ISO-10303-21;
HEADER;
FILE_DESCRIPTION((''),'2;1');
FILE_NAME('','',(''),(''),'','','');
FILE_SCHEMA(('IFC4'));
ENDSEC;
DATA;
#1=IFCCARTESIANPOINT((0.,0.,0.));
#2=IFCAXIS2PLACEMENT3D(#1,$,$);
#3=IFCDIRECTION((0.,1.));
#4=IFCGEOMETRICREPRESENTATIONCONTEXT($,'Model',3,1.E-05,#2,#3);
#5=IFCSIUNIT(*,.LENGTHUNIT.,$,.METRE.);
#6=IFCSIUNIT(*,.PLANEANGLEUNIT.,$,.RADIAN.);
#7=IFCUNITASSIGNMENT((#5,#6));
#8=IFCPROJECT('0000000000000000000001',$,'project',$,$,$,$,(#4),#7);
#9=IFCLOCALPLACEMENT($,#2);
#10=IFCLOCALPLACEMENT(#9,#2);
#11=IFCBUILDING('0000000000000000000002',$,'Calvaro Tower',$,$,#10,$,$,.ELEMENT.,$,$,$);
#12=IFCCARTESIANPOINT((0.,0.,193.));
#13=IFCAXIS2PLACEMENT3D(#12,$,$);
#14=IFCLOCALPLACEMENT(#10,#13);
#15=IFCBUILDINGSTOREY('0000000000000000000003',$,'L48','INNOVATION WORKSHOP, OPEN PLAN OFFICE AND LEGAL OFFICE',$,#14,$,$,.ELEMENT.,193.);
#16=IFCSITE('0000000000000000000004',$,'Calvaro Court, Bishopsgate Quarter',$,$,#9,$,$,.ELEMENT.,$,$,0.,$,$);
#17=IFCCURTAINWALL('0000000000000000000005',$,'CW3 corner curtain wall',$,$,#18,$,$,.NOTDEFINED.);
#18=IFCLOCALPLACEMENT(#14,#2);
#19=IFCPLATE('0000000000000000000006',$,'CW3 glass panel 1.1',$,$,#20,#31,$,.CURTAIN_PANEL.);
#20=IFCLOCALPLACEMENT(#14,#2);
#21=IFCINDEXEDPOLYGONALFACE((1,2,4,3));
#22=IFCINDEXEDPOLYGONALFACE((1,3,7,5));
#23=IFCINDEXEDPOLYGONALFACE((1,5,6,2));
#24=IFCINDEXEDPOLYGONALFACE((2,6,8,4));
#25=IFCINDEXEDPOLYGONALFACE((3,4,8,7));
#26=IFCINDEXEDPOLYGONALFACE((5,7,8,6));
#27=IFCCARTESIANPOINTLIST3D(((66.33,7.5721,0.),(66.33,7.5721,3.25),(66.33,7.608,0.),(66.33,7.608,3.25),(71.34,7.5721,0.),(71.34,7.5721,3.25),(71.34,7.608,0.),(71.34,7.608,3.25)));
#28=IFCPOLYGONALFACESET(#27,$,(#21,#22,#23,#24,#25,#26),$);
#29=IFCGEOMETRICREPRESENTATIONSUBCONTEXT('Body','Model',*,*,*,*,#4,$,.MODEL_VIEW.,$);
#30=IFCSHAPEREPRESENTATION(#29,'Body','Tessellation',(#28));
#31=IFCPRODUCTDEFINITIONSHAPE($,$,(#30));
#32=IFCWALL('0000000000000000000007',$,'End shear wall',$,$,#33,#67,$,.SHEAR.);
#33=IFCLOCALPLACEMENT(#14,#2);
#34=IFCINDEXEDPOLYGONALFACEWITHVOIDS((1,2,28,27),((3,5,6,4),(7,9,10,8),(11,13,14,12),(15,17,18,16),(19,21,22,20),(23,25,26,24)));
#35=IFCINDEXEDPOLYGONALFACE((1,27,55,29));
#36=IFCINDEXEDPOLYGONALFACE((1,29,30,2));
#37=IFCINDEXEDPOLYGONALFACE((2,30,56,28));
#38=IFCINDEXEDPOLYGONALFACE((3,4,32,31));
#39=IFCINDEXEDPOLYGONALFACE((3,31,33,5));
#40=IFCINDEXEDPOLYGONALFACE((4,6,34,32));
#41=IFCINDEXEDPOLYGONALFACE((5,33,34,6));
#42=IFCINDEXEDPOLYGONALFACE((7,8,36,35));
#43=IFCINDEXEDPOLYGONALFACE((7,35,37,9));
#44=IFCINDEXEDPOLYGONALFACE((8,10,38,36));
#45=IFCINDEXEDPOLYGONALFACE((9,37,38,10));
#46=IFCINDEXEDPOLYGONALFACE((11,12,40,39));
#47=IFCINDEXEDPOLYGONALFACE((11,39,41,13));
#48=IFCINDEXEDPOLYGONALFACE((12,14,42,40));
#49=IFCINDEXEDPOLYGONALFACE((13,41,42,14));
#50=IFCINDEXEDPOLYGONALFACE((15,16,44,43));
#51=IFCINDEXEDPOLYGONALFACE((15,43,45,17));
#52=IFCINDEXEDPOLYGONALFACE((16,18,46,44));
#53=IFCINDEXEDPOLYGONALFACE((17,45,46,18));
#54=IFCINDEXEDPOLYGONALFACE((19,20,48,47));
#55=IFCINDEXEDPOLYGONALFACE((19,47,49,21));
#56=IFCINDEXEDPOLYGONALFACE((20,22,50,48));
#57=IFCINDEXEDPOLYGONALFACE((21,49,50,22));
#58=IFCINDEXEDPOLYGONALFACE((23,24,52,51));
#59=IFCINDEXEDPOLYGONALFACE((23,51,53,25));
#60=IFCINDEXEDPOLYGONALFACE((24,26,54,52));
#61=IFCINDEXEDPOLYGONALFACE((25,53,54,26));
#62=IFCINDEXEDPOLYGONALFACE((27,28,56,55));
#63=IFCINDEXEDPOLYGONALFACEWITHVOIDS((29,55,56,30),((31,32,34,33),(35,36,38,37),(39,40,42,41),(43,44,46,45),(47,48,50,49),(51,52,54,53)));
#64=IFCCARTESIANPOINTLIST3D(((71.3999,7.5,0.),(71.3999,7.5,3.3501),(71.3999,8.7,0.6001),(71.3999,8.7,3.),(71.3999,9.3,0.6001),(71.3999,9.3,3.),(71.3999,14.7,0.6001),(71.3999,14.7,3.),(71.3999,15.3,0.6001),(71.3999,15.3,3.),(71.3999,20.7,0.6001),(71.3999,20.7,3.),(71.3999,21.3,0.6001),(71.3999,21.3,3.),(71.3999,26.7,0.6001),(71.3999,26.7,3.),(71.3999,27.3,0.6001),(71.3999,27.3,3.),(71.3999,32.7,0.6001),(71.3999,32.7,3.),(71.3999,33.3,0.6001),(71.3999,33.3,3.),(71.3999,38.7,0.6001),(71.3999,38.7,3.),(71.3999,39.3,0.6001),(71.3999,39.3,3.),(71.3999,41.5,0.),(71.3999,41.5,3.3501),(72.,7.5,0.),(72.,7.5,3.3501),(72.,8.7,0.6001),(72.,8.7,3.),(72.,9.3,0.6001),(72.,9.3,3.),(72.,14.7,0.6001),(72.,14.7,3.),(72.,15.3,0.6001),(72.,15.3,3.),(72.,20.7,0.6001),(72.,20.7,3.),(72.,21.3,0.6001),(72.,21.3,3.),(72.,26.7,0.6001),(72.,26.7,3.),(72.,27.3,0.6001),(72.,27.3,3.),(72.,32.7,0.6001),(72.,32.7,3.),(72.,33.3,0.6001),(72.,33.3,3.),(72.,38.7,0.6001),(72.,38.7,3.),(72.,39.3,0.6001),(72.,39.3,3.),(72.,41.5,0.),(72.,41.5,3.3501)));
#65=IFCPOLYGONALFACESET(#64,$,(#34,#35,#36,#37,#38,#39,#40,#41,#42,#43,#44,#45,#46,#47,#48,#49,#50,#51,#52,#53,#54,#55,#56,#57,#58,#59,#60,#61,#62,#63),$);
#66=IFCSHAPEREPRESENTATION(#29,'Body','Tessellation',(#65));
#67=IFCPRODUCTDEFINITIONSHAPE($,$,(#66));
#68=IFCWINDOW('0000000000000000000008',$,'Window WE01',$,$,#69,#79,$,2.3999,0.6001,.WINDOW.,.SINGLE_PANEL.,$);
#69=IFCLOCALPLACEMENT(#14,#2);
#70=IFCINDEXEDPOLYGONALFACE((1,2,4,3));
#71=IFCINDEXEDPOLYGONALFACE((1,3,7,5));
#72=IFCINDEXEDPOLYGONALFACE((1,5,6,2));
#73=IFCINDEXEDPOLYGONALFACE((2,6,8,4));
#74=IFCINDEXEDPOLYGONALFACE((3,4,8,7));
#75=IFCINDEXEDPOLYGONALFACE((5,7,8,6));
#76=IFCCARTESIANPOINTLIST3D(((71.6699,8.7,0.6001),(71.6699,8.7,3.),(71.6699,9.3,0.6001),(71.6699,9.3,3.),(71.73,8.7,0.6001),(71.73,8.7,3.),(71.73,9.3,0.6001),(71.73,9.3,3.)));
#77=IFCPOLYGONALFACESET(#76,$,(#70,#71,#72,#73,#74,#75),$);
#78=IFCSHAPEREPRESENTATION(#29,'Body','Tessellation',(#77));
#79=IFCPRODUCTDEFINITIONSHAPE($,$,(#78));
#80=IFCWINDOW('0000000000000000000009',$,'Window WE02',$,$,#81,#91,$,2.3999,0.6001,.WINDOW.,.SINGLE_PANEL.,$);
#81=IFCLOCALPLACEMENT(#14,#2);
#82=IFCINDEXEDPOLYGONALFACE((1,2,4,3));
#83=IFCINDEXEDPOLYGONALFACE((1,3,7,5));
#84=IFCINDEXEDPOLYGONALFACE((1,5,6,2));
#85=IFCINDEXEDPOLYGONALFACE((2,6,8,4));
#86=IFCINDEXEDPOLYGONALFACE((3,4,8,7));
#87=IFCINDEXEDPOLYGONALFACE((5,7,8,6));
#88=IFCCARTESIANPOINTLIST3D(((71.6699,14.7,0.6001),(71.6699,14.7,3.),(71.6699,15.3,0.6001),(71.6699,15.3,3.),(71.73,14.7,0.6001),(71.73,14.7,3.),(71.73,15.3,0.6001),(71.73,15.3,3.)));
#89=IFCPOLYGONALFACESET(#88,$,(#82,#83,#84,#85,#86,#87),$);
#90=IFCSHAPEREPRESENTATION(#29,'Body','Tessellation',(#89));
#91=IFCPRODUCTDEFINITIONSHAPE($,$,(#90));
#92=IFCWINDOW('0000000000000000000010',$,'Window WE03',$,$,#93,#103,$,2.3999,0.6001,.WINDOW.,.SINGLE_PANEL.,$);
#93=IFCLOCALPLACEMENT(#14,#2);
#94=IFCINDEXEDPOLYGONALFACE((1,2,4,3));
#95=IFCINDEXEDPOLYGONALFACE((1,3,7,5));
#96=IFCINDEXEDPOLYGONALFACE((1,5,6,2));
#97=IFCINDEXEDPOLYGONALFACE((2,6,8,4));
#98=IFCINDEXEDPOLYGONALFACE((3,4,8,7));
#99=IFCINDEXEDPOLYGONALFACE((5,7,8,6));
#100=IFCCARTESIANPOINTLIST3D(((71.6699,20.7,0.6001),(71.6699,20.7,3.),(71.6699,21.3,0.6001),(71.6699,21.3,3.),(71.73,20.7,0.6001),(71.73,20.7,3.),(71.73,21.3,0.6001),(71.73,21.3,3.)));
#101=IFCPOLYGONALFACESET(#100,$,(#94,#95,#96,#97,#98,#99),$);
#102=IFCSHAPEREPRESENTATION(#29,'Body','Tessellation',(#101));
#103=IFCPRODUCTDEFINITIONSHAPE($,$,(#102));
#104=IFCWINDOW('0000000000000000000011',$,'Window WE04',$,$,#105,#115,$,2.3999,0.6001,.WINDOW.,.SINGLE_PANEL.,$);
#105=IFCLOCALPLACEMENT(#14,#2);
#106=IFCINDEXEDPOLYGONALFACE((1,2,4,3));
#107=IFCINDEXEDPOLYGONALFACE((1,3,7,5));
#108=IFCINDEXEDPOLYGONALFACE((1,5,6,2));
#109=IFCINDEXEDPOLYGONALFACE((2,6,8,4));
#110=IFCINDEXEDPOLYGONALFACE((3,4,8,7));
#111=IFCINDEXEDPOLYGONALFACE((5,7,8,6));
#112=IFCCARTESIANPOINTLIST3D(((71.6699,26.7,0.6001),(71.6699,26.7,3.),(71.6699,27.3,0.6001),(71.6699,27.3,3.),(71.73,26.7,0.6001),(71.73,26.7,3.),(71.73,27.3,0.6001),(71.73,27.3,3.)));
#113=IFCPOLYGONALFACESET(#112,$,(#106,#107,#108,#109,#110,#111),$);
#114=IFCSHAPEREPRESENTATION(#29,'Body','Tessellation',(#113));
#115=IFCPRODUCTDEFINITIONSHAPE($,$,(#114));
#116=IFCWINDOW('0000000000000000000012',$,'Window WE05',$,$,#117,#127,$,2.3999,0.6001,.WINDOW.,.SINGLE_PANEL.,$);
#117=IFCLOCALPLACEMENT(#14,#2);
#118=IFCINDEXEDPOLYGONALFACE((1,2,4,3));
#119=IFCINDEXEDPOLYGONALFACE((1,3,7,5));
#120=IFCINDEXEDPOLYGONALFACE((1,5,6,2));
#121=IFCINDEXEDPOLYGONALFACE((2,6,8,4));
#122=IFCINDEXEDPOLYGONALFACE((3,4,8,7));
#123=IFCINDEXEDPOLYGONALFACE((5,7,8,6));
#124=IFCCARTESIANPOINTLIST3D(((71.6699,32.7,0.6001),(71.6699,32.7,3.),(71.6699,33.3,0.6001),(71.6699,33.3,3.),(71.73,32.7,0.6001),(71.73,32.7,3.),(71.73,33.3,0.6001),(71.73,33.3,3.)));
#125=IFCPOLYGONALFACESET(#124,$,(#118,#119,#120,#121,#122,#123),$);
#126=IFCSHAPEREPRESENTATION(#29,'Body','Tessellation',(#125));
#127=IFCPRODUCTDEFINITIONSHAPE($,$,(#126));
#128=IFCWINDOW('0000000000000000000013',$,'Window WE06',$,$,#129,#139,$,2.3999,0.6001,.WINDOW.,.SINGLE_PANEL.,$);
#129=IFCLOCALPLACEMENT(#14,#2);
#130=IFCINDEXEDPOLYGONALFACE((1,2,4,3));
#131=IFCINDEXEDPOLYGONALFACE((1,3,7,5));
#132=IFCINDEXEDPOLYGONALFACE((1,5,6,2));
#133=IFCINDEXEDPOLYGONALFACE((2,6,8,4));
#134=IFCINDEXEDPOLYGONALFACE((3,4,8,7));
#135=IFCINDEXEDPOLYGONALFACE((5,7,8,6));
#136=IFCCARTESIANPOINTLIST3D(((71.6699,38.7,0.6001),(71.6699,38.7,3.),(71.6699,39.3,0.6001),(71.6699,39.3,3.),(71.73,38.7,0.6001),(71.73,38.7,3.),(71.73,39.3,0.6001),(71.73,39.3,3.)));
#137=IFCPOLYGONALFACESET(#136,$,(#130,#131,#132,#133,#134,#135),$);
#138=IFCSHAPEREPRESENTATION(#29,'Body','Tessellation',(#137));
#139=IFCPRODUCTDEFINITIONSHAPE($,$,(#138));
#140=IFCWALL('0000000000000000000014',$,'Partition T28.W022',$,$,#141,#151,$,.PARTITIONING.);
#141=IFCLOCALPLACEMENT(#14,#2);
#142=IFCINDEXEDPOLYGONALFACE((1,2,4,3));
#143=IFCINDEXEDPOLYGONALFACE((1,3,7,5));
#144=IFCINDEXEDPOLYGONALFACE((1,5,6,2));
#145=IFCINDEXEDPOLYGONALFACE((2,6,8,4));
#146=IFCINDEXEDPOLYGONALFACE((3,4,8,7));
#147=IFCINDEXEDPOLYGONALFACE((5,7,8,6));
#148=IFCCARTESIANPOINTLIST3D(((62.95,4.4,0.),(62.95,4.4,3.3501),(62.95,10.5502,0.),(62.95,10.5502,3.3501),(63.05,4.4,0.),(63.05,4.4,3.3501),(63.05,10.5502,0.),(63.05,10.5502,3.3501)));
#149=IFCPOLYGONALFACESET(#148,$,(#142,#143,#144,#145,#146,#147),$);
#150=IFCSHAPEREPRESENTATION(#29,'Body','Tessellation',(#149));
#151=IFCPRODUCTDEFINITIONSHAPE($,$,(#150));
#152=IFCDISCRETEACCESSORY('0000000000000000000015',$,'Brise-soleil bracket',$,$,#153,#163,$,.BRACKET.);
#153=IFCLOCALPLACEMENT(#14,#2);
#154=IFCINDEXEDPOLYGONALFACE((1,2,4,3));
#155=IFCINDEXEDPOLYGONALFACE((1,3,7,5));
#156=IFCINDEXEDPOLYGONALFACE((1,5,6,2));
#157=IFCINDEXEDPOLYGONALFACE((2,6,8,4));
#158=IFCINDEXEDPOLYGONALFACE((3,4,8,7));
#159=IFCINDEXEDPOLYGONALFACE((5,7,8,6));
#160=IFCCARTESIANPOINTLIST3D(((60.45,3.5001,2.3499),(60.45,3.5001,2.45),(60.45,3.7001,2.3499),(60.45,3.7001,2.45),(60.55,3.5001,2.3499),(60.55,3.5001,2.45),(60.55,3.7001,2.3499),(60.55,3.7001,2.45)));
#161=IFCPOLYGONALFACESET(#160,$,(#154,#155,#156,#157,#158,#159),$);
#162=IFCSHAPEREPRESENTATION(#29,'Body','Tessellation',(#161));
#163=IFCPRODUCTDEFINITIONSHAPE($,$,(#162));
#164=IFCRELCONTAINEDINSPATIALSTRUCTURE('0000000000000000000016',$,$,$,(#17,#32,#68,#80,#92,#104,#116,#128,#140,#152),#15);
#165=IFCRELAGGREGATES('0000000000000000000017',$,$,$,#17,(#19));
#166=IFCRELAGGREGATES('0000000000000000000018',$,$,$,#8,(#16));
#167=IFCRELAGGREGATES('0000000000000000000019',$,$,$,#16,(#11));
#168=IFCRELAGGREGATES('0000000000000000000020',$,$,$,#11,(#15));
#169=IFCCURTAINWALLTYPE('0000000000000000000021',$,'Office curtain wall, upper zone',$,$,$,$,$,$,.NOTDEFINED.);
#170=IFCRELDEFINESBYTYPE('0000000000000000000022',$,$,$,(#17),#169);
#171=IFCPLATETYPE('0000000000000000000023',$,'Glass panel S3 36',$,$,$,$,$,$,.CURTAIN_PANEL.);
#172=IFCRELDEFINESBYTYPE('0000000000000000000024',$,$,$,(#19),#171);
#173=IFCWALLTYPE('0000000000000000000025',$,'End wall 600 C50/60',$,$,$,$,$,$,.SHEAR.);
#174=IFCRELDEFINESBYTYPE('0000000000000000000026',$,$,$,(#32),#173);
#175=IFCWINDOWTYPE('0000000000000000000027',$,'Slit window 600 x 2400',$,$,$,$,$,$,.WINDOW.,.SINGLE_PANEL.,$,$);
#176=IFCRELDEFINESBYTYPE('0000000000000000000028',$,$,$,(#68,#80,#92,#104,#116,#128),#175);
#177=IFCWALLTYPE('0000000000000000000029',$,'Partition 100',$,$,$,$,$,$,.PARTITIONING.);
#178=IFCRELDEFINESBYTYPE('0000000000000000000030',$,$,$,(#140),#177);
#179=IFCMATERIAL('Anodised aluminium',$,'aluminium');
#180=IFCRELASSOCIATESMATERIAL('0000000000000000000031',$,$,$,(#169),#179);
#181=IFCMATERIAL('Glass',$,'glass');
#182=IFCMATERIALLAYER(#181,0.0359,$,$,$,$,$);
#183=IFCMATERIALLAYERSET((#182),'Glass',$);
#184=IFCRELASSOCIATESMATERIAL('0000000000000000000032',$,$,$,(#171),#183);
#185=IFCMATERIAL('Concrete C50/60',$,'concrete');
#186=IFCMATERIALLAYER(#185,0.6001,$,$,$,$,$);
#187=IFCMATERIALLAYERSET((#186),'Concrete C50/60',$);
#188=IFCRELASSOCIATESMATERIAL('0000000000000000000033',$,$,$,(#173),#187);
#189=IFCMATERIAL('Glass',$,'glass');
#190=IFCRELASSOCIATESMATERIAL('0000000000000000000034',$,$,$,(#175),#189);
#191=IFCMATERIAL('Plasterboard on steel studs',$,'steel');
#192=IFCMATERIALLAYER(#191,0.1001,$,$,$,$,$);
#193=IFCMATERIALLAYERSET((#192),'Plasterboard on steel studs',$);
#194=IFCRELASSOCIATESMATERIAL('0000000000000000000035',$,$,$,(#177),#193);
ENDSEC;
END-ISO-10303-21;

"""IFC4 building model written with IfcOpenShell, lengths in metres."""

from ifc_helpers import new_model, si_unit, direction, frame, frame_2d, origin, origin_2d, place, context, subcontext, project, spatial, rectangle, extrude, material, layer, layer_set, type_object, element, fill, aggregate, save


model = new_model("IFC4")

# Units and contexts
model_context = context("Model", 3, precision=1e-05, world=origin(), true_north=direction((0.0, 1.0)))
body_context = subcontext(model_context, "Body", "Model", "MODEL_VIEW")
ifc_project = project(units=[si_unit("LENGTHUNIT", "METRE"), si_unit("PLANEANGLEUNIT", "RADIAN")], contexts=[model_context])

# Site, building, storey
site_placement = place(None, origin())
site = spatial("IfcSite", under=ifc_project, at=site_placement, Name="Calvaro Court, Bishopsgate Quarter", CompositionType="ELEMENT", RefElevation=0.0)
building_placement = place(site_placement, origin())
building = spatial("IfcBuilding", under=site, at=building_placement, Name="Calvaro Tower", CompositionType="ELEMENT")
storey_placement = place(building_placement, frame((0.0, 0.0, 193.0)))
storey = spatial("IfcBuildingStorey", under=building, at=storey_placement, Name="L48", Description="INNOVATION WORKSHOP, OPEN PLAN OFFICE AND LEGAL OFFICE", CompositionType="ELEMENT", Elevation=193.0)

# Shared definitions
ifc_material_1 = material(Name="Anodised aluminium", Category="aluminium")
curtain_wall_type = type_object("IfcCurtainWallType", Name="Office curtain wall, upper zone", PredefinedType="NOTDEFINED", material=ifc_material_1)

# Curtain wall
curtain_wall_1_placement = place(storey_placement, origin())
curtain_wall_1 = element("IfcCurtainWall", 1, at=curtain_wall_1_placement, inside=storey, type_object=curtain_wall_type, Name="CW3 corner curtain wall", PredefinedType="NOTDEFINED")

# Plate
ifc_material_2 = material(Name="Glass", Category="glass")
ifc_layer_1 = layer(ifc_material_2, 0.0359)
ifc_layer_set_1 = layer_set([ifc_layer_1], Name="Glass")
plate_type = type_object("IfcPlateType", Name="Glass panel S3 36", PredefinedType="CURTAIN_PANEL", material=ifc_layer_set_1)
plate_1_placement = place(storey_placement, frame((68.835, 7.5901, 0.0), z_axis=(0.0, 0.0, 1.0), x_axis=(1.0, 0.0, 0.0)))
plate_1 = element("IfcPlate", 2, at=plate_1_placement, type_object=plate_type, Name="CW3 glass panel 1.1", PredefinedType="CURTAIN_PANEL", context=body_context, shape_type="SweptSolid", body=[
    extrude(rectangle(XDim=5.01, YDim=0.0359, at=origin_2d()), origin(), (0.0, 0.0, 1.0), 3.25),
])
aggregate(curtain_wall_1, [plate_1])

# Wall, openings, windows
ifc_material_3 = material(Name="Concrete C50/60", Category="concrete")
ifc_layer_2 = layer(ifc_material_3, 0.6001)
ifc_layer_set_2 = layer_set([ifc_layer_2], Name="Concrete C50/60")
wall_type_1 = type_object("IfcWallType", Name="End wall 600 C50/60", PredefinedType="SHEAR", material=ifc_layer_set_2)
wall_1_placement = place(storey_placement, frame((71.7, 7.5, 0.0), z_axis=(0.0, 0.0, 1.0), x_axis=(0.0, 1.0, 0.0)))
wall_1 = element("IfcWall", 3, at=wall_1_placement, inside=storey, type_object=wall_type_1, Name="End shear wall", PredefinedType="SHEAR", context=body_context, shape_type="SweptSolid", body=[
    extrude(rectangle(XDim=34.0, YDim=0.6001, at=frame_2d((17.0, 0.0))), origin(), (0.0, 0.0, 1.0), 3.3501),
])
opening_1_placement = place(wall_1_placement, frame((1.2, 0.0, 0.6001)))
opening_1 = element("IfcOpeningElement", 4, at=opening_1_placement, cuts=wall_1, PredefinedType="OPENING", context=body_context, shape_type="SweptSolid", body=[
    extrude(rectangle(XDim=0.6001, YDim=2.3999, at=frame_2d((0.3, 1.2))), frame((0.0, 0.3101, 0.0), z_axis=(0.0, -1.0, 0.0), x_axis=(1.0, 0.0, 0.0)), (0.0, 0.0, 1.0), 0.6201),
])
opening_2_placement = place(wall_1_placement, frame((7.2, 0.0, 0.6001)))
opening_2 = element("IfcOpeningElement", 5, at=opening_2_placement, cuts=wall_1, PredefinedType="OPENING", context=body_context, shape_type="SweptSolid", body=[
    extrude(rectangle(XDim=0.6001, YDim=2.3999, at=frame_2d((0.3, 1.2))), frame((0.0, 0.3101, 0.0), z_axis=(0.0, -1.0, 0.0), x_axis=(1.0, 0.0, 0.0)), (0.0, 0.0, 1.0), 0.6201),
])
opening_3_placement = place(wall_1_placement, frame((13.2, 0.0, 0.6001)))
opening_3 = element("IfcOpeningElement", 6, at=opening_3_placement, cuts=wall_1, PredefinedType="OPENING", context=body_context, shape_type="SweptSolid", body=[
    extrude(rectangle(XDim=0.6001, YDim=2.3999, at=frame_2d((0.3, 1.2))), frame((0.0, 0.3101, 0.0), z_axis=(0.0, -1.0, 0.0), x_axis=(1.0, 0.0, 0.0)), (0.0, 0.0, 1.0), 0.6201),
])
opening_4_placement = place(wall_1_placement, frame((19.2, 0.0, 0.6001)))
opening_4 = element("IfcOpeningElement", 7, at=opening_4_placement, cuts=wall_1, PredefinedType="OPENING", context=body_context, shape_type="SweptSolid", body=[
    extrude(rectangle(XDim=0.6001, YDim=2.3999, at=frame_2d((0.3, 1.2))), frame((0.0, 0.3101, 0.0), z_axis=(0.0, -1.0, 0.0), x_axis=(1.0, 0.0, 0.0)), (0.0, 0.0, 1.0), 0.6201),
])
opening_5_placement = place(wall_1_placement, frame((25.2, 0.0, 0.6001)))
opening_5 = element("IfcOpeningElement", 8, at=opening_5_placement, cuts=wall_1, PredefinedType="OPENING", context=body_context, shape_type="SweptSolid", body=[
    extrude(rectangle(XDim=0.6001, YDim=2.3999, at=frame_2d((0.3, 1.2))), frame((0.0, 0.3101, 0.0), z_axis=(0.0, -1.0, 0.0), x_axis=(1.0, 0.0, 0.0)), (0.0, 0.0, 1.0), 0.6201),
])
opening_6_placement = place(wall_1_placement, frame((31.2, 0.0, 0.6001)))
opening_6 = element("IfcOpeningElement", 9, at=opening_6_placement, cuts=wall_1, PredefinedType="OPENING", context=body_context, shape_type="SweptSolid", body=[
    extrude(rectangle(XDim=0.6001, YDim=2.3999, at=frame_2d((0.3, 1.2))), frame((0.0, 0.3101, 0.0), z_axis=(0.0, -1.0, 0.0), x_axis=(1.0, 0.0, 0.0)), (0.0, 0.0, 1.0), 0.6201),
])
ifc_material_4 = material(Name="Glass", Category="glass")
window_type = type_object("IfcWindowType", Name="Slit window 600 x 2400", PartitioningType="SINGLE_PANEL", PredefinedType="WINDOW", material=ifc_material_4)
window_1_placement = place(opening_1_placement, origin())
window_1 = element("IfcWindow", 10, at=window_1_placement, inside=storey, type_object=window_type, Name="Window WE01", OverallHeight=2.3999, OverallWidth=0.6001, PartitioningType="SINGLE_PANEL", PredefinedType="WINDOW", context=body_context, shape_type="SweptSolid", body=[
    extrude(rectangle(XDim=0.6001, YDim=2.3999, at=frame_2d((0.3, 1.2))), frame((0.0, 0.03, 0.0), z_axis=(0.0, -1.0, 0.0), x_axis=(1.0, 0.0, 0.0)), (0.0, 0.0, 1.0), 0.0601),
])
fill(opening_1, window_1)
window_2_placement = place(opening_2_placement, origin())
window_2 = element("IfcWindow", 11, at=window_2_placement, inside=storey, type_object=window_type, Name="Window WE02", OverallHeight=2.3999, OverallWidth=0.6001, PartitioningType="SINGLE_PANEL", PredefinedType="WINDOW", context=body_context, shape_type="SweptSolid", body=[
    extrude(rectangle(XDim=0.6001, YDim=2.3999, at=frame_2d((0.3, 1.2))), frame((0.0, 0.03, 0.0), z_axis=(0.0, -1.0, 0.0), x_axis=(1.0, 0.0, 0.0)), (0.0, 0.0, 1.0), 0.0601),
])
fill(opening_2, window_2)
window_3_placement = place(opening_3_placement, origin())
window_3 = element("IfcWindow", 12, at=window_3_placement, inside=storey, type_object=window_type, Name="Window WE03", OverallHeight=2.3999, OverallWidth=0.6001, PartitioningType="SINGLE_PANEL", PredefinedType="WINDOW", context=body_context, shape_type="SweptSolid", body=[
    extrude(rectangle(XDim=0.6001, YDim=2.3999, at=frame_2d((0.3, 1.2))), frame((0.0, 0.03, 0.0), z_axis=(0.0, -1.0, 0.0), x_axis=(1.0, 0.0, 0.0)), (0.0, 0.0, 1.0), 0.0601),
])
fill(opening_3, window_3)
window_4_placement = place(opening_4_placement, origin())
window_4 = element("IfcWindow", 13, at=window_4_placement, inside=storey, type_object=window_type, Name="Window WE04", OverallHeight=2.3999, OverallWidth=0.6001, PartitioningType="SINGLE_PANEL", PredefinedType="WINDOW", context=body_context, shape_type="SweptSolid", body=[
    extrude(rectangle(XDim=0.6001, YDim=2.3999, at=frame_2d((0.3, 1.2))), frame((0.0, 0.03, 0.0), z_axis=(0.0, -1.0, 0.0), x_axis=(1.0, 0.0, 0.0)), (0.0, 0.0, 1.0), 0.0601),
])
fill(opening_4, window_4)
window_5_placement = place(opening_5_placement, origin())
window_5 = element("IfcWindow", 14, at=window_5_placement, inside=storey, type_object=window_type, Name="Window WE05", OverallHeight=2.3999, OverallWidth=0.6001, PartitioningType="SINGLE_PANEL", PredefinedType="WINDOW", context=body_context, shape_type="SweptSolid", body=[
    extrude(rectangle(XDim=0.6001, YDim=2.3999, at=frame_2d((0.3, 1.2))), frame((0.0, 0.03, 0.0), z_axis=(0.0, -1.0, 0.0), x_axis=(1.0, 0.0, 0.0)), (0.0, 0.0, 1.0), 0.0601),
])
fill(opening_5, window_5)
window_6_placement = place(opening_6_placement, origin())
window_6 = element("IfcWindow", 15, at=window_6_placement, inside=storey, type_object=window_type, Name="Window WE06", OverallHeight=2.3999, OverallWidth=0.6001, PartitioningType="SINGLE_PANEL", PredefinedType="WINDOW", context=body_context, shape_type="SweptSolid", body=[
    extrude(rectangle(XDim=0.6001, YDim=2.3999, at=frame_2d((0.3, 1.2))), frame((0.0, 0.03, 0.0), z_axis=(0.0, -1.0, 0.0), x_axis=(1.0, 0.0, 0.0)), (0.0, 0.0, 1.0), 0.0601),
])
fill(opening_6, window_6)

# Wall
ifc_material_5 = material(Name="Plasterboard on steel studs", Category="steel")
ifc_layer_3 = layer(ifc_material_5, 0.1001)
ifc_layer_set_3 = layer_set([ifc_layer_3], Name="Plasterboard on steel studs")
wall_type_2 = type_object("IfcWallType", Name="Partition 100", PredefinedType="PARTITIONING", material=ifc_layer_set_3)
wall_2_placement = place(storey_placement, frame((63.0, 4.3999, 0.0), z_axis=(0.0, 0.0, 1.0), x_axis=(0.0, 1.0, 0.0)))
element("IfcWall", 16, at=wall_2_placement, inside=storey, type_object=wall_type_2, Name="Partition T28.W022", PredefinedType="PARTITIONING", context=body_context, shape_type="SweptSolid", body=[
    extrude(rectangle(XDim=6.1501, YDim=0.1001, at=frame_2d((3.0752, 0.0))), origin(), (0.0, 0.0, 1.0), 3.3501),
])

# Discrete accessory
for number, where, z_axis, x_axis, name in (
    (17, (60.5, 3.6001, 2.3499), (0.0, 0.0, 1.0), (1.0, 0.0, 0.0), "Brise-soleil bracket"),
):
    element("IfcDiscreteAccessory", number, at=place(storey_placement, frame(where, z_axis=z_axis, x_axis=x_axis)), inside=storey, Name=name, PredefinedType="BRACKET", context=body_context, shape_type="SweptSolid", body=[
        extrude(rectangle(XDim=0.1001, YDim=0.2, at=origin_2d()), origin(), (0.0, 0.0, 1.0), 0.1001),
    ])

save(model, "model.ifc")
